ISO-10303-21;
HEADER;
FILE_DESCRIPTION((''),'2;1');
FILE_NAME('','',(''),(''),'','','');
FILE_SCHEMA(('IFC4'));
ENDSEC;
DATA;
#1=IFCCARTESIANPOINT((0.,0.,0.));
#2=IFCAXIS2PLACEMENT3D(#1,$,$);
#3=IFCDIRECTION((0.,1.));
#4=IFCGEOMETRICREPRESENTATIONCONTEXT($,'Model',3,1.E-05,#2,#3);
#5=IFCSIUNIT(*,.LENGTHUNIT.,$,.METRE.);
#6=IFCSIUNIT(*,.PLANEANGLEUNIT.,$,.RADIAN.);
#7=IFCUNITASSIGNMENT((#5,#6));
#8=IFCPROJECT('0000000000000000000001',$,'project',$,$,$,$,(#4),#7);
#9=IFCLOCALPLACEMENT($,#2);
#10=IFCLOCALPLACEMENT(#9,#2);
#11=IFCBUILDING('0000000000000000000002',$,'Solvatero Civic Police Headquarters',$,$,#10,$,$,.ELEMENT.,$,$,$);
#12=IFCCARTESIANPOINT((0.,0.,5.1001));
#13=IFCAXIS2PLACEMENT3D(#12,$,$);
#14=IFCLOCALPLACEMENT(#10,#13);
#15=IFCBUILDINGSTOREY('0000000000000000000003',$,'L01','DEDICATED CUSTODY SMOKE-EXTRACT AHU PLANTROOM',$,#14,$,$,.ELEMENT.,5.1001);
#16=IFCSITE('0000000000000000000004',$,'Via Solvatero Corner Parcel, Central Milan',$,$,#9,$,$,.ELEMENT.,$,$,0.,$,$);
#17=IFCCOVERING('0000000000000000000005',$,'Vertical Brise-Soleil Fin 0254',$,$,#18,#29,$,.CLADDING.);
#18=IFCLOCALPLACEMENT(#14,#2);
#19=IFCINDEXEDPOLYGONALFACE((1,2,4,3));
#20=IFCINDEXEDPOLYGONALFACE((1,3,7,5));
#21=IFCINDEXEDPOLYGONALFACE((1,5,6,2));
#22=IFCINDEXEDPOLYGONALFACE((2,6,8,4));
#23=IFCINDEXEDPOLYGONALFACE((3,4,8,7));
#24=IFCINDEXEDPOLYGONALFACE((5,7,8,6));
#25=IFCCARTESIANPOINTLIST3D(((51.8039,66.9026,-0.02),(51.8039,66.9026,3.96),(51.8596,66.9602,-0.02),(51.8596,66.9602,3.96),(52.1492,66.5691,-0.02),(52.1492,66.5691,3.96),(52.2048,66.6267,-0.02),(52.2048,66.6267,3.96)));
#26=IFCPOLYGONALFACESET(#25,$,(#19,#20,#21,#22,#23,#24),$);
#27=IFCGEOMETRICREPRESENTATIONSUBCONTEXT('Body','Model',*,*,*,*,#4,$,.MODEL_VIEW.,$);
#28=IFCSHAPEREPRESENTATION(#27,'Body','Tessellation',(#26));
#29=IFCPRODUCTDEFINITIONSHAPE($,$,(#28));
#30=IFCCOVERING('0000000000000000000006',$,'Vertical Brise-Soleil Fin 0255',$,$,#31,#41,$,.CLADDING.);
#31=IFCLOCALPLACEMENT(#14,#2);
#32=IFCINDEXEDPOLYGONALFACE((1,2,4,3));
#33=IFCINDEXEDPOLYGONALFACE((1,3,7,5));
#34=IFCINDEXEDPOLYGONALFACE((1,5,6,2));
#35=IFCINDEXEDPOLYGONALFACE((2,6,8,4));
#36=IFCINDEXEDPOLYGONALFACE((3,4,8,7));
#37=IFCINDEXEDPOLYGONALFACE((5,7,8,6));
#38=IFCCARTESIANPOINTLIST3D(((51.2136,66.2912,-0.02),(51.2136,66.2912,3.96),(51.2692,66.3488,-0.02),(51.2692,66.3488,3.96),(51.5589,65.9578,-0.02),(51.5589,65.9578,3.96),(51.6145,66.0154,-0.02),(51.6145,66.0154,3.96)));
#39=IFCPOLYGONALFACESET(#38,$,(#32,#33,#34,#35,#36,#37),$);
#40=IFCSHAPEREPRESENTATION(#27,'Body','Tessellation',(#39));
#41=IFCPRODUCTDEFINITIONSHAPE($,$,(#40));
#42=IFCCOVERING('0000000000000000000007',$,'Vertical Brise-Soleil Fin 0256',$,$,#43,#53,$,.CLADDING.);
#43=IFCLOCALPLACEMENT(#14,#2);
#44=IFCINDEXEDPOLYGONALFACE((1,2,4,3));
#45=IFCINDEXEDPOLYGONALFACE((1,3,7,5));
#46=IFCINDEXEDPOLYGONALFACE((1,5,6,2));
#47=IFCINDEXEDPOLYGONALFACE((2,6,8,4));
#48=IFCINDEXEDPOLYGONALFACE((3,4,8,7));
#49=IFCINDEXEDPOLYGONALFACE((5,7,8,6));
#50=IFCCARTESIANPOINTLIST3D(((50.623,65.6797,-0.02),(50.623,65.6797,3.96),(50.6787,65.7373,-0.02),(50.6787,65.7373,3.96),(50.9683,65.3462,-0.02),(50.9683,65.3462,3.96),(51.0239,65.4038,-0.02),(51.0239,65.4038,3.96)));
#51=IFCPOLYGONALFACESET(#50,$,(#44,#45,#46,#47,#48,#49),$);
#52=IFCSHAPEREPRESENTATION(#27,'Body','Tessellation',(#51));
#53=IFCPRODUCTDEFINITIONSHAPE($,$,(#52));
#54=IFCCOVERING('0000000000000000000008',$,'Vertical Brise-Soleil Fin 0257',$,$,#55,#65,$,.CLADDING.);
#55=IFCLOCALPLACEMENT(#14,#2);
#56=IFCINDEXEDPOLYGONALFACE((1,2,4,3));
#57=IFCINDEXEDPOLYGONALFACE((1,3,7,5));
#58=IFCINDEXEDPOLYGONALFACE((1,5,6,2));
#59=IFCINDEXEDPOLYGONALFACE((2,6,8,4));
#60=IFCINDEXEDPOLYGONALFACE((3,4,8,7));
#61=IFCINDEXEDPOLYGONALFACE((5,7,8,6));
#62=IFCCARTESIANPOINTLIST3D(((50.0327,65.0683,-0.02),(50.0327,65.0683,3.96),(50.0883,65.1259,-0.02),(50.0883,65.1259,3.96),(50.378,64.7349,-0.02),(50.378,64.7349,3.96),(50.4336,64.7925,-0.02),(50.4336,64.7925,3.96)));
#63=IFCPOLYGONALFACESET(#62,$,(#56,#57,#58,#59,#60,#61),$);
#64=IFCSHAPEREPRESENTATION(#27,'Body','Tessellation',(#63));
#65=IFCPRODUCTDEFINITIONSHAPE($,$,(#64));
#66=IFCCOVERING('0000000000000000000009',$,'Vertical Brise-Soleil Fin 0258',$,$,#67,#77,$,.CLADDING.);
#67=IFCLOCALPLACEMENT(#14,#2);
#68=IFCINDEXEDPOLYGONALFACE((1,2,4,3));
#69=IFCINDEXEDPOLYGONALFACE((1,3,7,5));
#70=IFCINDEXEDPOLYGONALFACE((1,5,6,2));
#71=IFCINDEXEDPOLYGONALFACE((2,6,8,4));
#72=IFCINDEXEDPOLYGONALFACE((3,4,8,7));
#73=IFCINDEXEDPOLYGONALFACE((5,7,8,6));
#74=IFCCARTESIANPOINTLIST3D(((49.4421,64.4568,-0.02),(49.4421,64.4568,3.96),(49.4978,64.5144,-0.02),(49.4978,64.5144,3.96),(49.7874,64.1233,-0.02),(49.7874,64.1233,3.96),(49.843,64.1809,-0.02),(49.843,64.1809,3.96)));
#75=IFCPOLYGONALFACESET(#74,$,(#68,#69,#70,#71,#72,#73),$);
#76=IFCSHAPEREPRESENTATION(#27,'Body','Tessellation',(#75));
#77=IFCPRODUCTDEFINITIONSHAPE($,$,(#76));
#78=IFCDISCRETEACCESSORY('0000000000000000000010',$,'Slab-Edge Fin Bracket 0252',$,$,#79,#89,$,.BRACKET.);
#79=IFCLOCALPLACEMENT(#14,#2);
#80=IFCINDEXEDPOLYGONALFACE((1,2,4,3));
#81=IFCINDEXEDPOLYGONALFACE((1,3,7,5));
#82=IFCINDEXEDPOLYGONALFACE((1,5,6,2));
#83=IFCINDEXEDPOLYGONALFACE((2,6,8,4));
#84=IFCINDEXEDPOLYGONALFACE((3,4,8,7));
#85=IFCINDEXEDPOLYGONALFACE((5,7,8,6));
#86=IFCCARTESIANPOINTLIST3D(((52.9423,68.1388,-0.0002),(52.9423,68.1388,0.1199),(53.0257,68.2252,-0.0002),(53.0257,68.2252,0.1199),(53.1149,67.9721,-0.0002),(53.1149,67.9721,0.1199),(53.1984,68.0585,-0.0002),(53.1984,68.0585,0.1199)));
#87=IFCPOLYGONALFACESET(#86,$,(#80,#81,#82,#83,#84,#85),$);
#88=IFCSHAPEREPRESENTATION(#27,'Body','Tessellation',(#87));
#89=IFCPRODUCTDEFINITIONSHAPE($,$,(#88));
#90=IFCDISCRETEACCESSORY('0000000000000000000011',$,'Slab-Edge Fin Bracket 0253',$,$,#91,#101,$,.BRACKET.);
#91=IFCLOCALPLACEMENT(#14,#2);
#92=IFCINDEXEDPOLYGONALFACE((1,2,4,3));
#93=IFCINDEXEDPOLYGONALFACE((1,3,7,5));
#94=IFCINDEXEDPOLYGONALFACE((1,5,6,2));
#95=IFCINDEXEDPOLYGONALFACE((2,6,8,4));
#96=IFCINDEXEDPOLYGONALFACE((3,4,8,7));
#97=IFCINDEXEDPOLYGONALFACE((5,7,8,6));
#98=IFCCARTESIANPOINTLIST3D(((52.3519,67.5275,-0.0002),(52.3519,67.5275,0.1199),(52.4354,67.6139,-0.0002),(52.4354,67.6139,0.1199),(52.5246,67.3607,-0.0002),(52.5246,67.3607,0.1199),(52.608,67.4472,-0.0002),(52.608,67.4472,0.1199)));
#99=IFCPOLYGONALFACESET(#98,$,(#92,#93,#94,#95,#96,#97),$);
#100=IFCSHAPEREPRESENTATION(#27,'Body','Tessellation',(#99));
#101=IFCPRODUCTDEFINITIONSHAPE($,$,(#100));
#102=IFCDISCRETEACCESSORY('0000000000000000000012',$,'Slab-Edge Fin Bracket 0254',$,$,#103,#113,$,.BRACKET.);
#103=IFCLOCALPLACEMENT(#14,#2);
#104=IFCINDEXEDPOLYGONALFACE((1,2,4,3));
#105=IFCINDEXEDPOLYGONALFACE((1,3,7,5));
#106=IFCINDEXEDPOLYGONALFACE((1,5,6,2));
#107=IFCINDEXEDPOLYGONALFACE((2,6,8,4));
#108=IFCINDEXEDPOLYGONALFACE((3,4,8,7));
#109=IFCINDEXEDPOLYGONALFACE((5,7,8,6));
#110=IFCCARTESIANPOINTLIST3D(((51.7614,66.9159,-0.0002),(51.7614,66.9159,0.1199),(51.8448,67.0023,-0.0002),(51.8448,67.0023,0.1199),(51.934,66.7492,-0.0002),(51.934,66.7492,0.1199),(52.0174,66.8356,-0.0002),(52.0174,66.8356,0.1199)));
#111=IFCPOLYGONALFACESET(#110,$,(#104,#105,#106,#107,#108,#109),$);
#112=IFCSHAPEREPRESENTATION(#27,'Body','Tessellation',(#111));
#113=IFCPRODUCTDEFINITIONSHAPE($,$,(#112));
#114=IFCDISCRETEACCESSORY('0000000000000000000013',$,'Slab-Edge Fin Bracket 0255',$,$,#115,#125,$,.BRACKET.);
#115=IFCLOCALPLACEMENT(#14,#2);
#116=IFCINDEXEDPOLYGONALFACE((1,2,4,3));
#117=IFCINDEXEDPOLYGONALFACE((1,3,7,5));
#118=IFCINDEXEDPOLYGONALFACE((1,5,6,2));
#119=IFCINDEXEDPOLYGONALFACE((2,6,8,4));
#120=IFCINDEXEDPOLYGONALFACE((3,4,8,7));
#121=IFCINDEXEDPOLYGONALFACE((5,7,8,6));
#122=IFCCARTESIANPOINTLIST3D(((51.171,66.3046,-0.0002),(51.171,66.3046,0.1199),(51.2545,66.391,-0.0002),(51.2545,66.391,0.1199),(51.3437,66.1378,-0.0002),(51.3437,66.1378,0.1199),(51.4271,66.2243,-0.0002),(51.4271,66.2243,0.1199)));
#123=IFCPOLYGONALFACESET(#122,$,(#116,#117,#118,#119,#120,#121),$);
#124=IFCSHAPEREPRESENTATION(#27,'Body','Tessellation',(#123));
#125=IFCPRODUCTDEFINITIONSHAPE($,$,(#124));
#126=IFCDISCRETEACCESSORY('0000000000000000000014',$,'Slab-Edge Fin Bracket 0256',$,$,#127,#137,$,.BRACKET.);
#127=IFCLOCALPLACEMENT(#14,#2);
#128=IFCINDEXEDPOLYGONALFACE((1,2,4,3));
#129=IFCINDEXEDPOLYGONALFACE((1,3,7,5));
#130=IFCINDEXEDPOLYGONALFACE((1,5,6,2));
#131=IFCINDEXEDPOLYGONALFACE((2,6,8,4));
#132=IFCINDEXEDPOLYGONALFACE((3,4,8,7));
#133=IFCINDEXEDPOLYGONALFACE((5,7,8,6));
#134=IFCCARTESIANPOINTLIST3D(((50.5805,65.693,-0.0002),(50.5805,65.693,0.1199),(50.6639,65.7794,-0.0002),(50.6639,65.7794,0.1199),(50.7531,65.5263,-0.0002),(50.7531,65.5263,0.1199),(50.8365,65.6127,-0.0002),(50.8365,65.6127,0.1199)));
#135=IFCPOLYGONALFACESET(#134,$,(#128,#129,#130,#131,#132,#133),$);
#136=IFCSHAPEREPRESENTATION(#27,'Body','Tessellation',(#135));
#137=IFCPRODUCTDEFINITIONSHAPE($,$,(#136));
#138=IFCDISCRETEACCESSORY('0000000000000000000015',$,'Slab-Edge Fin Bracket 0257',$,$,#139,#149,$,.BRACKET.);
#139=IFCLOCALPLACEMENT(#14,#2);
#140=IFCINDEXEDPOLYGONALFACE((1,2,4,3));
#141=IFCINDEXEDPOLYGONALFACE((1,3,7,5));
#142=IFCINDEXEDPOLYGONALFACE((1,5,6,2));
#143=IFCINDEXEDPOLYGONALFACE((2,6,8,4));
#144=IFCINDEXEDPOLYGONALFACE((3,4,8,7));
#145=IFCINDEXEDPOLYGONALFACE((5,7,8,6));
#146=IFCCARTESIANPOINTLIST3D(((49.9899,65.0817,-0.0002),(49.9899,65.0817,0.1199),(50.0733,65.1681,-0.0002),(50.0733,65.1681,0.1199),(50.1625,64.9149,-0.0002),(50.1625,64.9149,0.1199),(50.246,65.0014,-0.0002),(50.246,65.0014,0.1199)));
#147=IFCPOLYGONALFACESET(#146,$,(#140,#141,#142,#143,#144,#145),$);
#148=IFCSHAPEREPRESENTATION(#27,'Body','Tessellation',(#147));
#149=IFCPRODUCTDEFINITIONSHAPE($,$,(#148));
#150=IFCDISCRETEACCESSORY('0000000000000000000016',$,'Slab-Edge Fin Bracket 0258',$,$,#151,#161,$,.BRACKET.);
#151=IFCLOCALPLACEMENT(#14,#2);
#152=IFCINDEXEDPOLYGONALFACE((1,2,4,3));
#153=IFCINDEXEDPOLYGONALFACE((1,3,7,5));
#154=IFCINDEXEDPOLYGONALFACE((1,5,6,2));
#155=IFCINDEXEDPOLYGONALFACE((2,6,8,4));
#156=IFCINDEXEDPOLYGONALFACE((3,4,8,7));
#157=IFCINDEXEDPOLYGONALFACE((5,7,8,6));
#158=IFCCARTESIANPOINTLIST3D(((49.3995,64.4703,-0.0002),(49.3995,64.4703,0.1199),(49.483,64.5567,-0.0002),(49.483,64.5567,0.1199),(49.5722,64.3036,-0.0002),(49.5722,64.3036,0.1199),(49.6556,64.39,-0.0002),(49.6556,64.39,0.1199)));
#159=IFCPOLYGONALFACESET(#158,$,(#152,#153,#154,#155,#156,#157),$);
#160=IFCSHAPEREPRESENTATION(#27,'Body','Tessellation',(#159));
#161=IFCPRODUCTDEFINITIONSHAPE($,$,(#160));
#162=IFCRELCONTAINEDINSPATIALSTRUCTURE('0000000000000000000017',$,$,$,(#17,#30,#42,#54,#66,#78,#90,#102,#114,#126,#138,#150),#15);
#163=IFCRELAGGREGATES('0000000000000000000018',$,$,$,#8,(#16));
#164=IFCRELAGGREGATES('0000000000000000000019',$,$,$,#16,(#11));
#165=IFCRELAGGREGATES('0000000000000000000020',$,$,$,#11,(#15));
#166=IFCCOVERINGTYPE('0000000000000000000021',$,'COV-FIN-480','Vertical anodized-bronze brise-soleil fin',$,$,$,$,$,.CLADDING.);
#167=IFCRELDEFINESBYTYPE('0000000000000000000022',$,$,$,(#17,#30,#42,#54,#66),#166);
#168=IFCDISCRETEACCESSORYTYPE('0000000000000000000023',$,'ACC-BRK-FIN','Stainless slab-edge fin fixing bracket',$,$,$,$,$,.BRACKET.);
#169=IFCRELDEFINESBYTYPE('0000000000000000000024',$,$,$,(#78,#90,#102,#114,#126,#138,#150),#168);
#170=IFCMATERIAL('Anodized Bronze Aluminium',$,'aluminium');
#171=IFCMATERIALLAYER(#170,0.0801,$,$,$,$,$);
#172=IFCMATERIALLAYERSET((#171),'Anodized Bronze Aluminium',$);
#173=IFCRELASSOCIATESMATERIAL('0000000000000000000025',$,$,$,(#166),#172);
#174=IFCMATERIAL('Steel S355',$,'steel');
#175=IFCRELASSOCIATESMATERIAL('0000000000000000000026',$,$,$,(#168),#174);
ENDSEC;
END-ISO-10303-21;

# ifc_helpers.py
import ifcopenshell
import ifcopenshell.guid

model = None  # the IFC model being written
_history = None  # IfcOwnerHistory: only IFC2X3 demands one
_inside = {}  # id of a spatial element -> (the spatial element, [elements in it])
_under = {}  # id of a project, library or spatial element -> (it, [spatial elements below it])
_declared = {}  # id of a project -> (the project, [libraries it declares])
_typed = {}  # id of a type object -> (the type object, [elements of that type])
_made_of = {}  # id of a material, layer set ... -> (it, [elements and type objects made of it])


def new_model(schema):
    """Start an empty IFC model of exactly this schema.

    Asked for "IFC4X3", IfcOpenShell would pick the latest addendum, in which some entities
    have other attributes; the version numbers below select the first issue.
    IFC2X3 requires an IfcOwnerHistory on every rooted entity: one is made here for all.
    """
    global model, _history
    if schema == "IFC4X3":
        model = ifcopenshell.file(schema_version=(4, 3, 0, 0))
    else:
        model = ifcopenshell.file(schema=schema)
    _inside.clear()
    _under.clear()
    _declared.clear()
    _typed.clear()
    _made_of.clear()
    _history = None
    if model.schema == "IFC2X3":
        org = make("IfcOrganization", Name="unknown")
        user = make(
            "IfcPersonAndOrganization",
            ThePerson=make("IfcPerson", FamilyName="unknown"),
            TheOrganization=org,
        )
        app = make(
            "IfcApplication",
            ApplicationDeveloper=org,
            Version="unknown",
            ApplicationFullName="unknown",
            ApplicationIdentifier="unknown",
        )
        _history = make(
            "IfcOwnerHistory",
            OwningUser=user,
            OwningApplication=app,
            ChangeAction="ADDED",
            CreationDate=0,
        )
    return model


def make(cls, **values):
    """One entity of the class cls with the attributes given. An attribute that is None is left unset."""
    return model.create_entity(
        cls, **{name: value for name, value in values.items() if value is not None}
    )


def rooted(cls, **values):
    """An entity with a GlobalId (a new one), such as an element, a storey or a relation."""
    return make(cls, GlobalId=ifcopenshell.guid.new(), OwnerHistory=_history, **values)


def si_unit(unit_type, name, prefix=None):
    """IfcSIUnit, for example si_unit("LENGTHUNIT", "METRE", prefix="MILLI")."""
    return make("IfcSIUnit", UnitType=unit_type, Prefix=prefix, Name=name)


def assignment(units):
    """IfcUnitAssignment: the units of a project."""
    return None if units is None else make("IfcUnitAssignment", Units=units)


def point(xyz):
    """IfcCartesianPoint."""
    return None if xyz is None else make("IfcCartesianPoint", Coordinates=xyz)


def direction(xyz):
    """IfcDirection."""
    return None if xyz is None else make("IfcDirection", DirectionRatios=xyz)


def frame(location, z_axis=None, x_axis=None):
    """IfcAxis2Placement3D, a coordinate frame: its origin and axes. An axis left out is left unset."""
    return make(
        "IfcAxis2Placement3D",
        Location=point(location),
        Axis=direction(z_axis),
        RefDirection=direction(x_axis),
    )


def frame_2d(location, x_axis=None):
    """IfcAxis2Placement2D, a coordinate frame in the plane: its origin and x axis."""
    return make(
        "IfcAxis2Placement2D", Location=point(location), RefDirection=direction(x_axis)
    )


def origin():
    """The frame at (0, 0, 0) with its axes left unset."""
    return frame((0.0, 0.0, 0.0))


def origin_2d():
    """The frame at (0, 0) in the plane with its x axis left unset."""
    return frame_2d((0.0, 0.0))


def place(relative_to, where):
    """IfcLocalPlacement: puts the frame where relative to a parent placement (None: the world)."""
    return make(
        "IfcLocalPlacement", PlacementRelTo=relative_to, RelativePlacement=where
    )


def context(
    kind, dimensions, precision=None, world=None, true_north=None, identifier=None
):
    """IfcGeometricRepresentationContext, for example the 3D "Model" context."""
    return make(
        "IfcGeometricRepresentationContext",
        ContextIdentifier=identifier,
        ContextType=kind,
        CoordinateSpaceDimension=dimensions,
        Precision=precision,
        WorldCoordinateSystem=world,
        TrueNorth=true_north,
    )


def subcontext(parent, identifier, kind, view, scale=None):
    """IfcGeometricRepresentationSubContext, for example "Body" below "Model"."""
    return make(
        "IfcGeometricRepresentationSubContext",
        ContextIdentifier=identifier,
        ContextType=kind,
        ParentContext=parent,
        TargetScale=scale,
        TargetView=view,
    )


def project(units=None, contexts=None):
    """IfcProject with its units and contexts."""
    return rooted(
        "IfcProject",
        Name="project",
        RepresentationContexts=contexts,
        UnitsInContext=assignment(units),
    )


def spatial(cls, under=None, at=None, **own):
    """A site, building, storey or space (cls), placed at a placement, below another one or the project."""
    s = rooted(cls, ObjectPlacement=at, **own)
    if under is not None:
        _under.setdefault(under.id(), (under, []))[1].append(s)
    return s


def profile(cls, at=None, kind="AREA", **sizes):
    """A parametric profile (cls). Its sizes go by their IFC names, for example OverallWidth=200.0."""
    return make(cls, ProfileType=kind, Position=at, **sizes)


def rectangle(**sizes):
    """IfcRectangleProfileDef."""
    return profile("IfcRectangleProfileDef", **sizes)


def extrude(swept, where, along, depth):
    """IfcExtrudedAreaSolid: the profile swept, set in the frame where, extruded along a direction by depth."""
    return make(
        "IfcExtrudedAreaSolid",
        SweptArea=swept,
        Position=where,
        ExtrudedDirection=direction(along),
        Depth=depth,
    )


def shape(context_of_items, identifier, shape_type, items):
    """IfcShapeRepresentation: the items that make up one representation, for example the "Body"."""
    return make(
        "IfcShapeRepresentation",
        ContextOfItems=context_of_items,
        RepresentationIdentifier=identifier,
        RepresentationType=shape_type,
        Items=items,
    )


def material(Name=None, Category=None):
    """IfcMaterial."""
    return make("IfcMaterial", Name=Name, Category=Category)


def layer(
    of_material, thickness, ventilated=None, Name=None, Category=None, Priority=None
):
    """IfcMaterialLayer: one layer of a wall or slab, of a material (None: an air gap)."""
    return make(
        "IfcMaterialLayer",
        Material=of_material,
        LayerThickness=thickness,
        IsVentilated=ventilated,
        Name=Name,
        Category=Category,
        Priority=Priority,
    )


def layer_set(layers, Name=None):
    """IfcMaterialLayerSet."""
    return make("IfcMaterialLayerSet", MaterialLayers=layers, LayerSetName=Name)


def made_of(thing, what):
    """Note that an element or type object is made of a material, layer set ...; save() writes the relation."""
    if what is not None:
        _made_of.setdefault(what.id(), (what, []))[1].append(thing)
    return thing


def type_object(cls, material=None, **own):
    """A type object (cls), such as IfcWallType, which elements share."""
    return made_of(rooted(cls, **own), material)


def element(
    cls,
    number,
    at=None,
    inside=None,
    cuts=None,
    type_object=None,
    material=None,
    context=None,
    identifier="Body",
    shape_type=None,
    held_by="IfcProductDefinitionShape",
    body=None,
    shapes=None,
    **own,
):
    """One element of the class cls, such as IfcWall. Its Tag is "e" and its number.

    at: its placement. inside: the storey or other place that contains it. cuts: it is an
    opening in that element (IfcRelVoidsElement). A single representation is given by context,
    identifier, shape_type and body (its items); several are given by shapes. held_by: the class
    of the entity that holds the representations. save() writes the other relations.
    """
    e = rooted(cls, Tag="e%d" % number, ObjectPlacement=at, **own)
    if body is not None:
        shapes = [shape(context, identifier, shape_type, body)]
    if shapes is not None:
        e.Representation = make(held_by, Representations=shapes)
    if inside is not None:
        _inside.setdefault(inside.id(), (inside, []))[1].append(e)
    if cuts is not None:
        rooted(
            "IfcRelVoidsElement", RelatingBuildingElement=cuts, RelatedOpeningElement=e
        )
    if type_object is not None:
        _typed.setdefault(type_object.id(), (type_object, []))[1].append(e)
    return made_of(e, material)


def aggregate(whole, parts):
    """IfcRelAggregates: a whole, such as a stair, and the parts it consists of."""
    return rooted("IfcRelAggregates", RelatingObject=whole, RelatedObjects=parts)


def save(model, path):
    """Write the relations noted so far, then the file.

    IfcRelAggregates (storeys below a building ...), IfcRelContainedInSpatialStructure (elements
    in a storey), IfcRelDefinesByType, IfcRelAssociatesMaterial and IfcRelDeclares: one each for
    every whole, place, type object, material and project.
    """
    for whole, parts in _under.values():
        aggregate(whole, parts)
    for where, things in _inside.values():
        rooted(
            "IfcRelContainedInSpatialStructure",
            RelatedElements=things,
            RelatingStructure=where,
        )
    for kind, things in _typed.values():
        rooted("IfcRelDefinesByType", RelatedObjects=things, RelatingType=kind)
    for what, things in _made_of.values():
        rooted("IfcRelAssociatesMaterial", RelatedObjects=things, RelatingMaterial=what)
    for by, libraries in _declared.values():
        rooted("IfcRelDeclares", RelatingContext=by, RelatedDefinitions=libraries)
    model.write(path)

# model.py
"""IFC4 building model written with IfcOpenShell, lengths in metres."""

from ifc_helpers import new_model, si_unit, direction, frame, origin, origin_2d, place, context, subcontext, project, spatial, rectangle, extrude, material, layer, layer_set, type_object, element, save


model = new_model("IFC4")

# Units and contexts
model_context = context("Model", 3, precision=1e-05, world=origin(), true_north=direction((0.0, 1.0)))
body_context = subcontext(model_context, "Body", "Model", "MODEL_VIEW")
ifc_project = project(units=[si_unit("LENGTHUNIT", "METRE"), si_unit("PLANEANGLEUNIT", "RADIAN")], contexts=[model_context])

# Site, building, storey
site_placement = place(None, origin())
site = spatial("IfcSite", under=ifc_project, at=site_placement, Name="Via Solvatero Corner Parcel, Central Milan", CompositionType="ELEMENT", RefElevation=0.0)
building_placement = place(site_placement, origin())
building = spatial("IfcBuilding", under=site, at=building_placement, Name="Solvatero Civic Police Headquarters", CompositionType="ELEMENT")
storey_placement = place(building_placement, frame((0.0, 0.0, 5.1001)))
storey = spatial("IfcBuildingStorey", under=building, at=storey_placement, Name="L01", Description="DEDICATED CUSTODY SMOKE-EXTRACT AHU PLANTROOM", CompositionType="ELEMENT", Elevation=5.1001)

# Shared definitions
ifc_material_1 = material(Name="Anodized Bronze Aluminium", Category="aluminium")

# Coverings
ifc_layer_1 = layer(ifc_material_1, 0.0801)
ifc_layer_set_1 = layer_set([ifc_layer_1], Name="Anodized Bronze Aluminium")
covering_type = type_object("IfcCoveringType", Name="COV-FIN-480", Description="Vertical anodized-bronze brise-soleil fin", PredefinedType="CLADDING", material=ifc_layer_set_1)
for number, where, z_axis, x_axis, name in (
    (1, (52.0044, 66.7646, -0.02), (0.0, 0.0, 1.0), (-0.694646, -0.719352, 0.0), "Vertical Brise-Soleil Fin 0254"),
    (2, (51.4141, 66.1533, -0.02), (0.0, 0.0, 1.0), (-0.694646, -0.719352, 0.0), "Vertical Brise-Soleil Fin 0255"),
    (3, (50.8235, 65.5417, -0.02), (0.0, 0.0, 1.0), (-0.694646, -0.719352, 0.0), "Vertical Brise-Soleil Fin 0256"),
    (4, (50.2332, 64.9304, -0.02), (0.0, 0.0, 1.0), (-0.694646, -0.719352, 0.0), "Vertical Brise-Soleil Fin 0257"),
    (5, (49.6426, 64.3188, -0.02), (0.0, 0.0, 1.0), (-0.694646, -0.719352, 0.0), "Vertical Brise-Soleil Fin 0258"),
):
    element("IfcCovering", number, at=place(storey_placement, frame(where, z_axis=z_axis, x_axis=x_axis)), inside=storey, type_object=covering_type, Name=name, PredefinedType="CLADDING", context=body_context, shape_type="SweptSolid", body=[
        extrude(rectangle(XDim=0.0801, YDim=0.48, at=origin_2d()), origin(), (0.0, 0.0, 1.0), 3.98),
    ])

# Discrete accessories
ifc_material_2 = material(Name="Steel S355", Category="steel")
discrete_accessory_type = type_object("IfcDiscreteAccessoryType", Name="ACC-BRK-FIN", Description="Stainless slab-edge fin fixing bracket", PredefinedType="BRACKET", material=ifc_material_2)
for number, where, z_axis, x_axis, name in (
    (6, (53.0703, 68.0986, -0.0002), (0.0, 0.0, 1.0), (-0.694646, -0.719352, 0.0), "Slab-Edge Fin Bracket 0252"),
    (7, (52.48, 67.4873, -0.0002), (0.0, 0.0, 1.0), (-0.694646, -0.719352, 0.0), "Slab-Edge Fin Bracket 0253"),
    (8, (51.8894, 66.8757, -0.0002), (0.0, 0.0, 1.0), (-0.694646, -0.719352, 0.0), "Slab-Edge Fin Bracket 0254"),
    (9, (51.2991, 66.2644, -0.0002), (0.0, 0.0, 1.0), (-0.694646, -0.719352, 0.0), "Slab-Edge Fin Bracket 0255"),
    (10, (50.7085, 65.6528, -0.0002), (0.0, 0.0, 1.0), (-0.694646, -0.719352, 0.0), "Slab-Edge Fin Bracket 0256"),
    (11, (50.1179, 65.0415, -0.0002), (0.0, 0.0, 1.0), (-0.694646, -0.719352, 0.0), "Slab-Edge Fin Bracket 0257"),
    (12, (49.5276, 64.4302, -0.0002), (0.0, 0.0, 1.0), (-0.694646, -0.719352, 0.0), "Slab-Edge Fin Bracket 0258"),
):
    element("IfcDiscreteAccessory", number, at=place(storey_placement, frame(where, z_axis=z_axis, x_axis=x_axis)), inside=storey, type_object=discrete_accessory_type, Name=name, PredefinedType="BRACKET", context=body_context, shape_type="SweptSolid", body=[
        extrude(rectangle(XDim=0.1201, YDim=0.24, at=origin_2d()), origin(), (0.0, 0.0, 1.0), 0.1201),
    ])

save(model, "model.ifc")
